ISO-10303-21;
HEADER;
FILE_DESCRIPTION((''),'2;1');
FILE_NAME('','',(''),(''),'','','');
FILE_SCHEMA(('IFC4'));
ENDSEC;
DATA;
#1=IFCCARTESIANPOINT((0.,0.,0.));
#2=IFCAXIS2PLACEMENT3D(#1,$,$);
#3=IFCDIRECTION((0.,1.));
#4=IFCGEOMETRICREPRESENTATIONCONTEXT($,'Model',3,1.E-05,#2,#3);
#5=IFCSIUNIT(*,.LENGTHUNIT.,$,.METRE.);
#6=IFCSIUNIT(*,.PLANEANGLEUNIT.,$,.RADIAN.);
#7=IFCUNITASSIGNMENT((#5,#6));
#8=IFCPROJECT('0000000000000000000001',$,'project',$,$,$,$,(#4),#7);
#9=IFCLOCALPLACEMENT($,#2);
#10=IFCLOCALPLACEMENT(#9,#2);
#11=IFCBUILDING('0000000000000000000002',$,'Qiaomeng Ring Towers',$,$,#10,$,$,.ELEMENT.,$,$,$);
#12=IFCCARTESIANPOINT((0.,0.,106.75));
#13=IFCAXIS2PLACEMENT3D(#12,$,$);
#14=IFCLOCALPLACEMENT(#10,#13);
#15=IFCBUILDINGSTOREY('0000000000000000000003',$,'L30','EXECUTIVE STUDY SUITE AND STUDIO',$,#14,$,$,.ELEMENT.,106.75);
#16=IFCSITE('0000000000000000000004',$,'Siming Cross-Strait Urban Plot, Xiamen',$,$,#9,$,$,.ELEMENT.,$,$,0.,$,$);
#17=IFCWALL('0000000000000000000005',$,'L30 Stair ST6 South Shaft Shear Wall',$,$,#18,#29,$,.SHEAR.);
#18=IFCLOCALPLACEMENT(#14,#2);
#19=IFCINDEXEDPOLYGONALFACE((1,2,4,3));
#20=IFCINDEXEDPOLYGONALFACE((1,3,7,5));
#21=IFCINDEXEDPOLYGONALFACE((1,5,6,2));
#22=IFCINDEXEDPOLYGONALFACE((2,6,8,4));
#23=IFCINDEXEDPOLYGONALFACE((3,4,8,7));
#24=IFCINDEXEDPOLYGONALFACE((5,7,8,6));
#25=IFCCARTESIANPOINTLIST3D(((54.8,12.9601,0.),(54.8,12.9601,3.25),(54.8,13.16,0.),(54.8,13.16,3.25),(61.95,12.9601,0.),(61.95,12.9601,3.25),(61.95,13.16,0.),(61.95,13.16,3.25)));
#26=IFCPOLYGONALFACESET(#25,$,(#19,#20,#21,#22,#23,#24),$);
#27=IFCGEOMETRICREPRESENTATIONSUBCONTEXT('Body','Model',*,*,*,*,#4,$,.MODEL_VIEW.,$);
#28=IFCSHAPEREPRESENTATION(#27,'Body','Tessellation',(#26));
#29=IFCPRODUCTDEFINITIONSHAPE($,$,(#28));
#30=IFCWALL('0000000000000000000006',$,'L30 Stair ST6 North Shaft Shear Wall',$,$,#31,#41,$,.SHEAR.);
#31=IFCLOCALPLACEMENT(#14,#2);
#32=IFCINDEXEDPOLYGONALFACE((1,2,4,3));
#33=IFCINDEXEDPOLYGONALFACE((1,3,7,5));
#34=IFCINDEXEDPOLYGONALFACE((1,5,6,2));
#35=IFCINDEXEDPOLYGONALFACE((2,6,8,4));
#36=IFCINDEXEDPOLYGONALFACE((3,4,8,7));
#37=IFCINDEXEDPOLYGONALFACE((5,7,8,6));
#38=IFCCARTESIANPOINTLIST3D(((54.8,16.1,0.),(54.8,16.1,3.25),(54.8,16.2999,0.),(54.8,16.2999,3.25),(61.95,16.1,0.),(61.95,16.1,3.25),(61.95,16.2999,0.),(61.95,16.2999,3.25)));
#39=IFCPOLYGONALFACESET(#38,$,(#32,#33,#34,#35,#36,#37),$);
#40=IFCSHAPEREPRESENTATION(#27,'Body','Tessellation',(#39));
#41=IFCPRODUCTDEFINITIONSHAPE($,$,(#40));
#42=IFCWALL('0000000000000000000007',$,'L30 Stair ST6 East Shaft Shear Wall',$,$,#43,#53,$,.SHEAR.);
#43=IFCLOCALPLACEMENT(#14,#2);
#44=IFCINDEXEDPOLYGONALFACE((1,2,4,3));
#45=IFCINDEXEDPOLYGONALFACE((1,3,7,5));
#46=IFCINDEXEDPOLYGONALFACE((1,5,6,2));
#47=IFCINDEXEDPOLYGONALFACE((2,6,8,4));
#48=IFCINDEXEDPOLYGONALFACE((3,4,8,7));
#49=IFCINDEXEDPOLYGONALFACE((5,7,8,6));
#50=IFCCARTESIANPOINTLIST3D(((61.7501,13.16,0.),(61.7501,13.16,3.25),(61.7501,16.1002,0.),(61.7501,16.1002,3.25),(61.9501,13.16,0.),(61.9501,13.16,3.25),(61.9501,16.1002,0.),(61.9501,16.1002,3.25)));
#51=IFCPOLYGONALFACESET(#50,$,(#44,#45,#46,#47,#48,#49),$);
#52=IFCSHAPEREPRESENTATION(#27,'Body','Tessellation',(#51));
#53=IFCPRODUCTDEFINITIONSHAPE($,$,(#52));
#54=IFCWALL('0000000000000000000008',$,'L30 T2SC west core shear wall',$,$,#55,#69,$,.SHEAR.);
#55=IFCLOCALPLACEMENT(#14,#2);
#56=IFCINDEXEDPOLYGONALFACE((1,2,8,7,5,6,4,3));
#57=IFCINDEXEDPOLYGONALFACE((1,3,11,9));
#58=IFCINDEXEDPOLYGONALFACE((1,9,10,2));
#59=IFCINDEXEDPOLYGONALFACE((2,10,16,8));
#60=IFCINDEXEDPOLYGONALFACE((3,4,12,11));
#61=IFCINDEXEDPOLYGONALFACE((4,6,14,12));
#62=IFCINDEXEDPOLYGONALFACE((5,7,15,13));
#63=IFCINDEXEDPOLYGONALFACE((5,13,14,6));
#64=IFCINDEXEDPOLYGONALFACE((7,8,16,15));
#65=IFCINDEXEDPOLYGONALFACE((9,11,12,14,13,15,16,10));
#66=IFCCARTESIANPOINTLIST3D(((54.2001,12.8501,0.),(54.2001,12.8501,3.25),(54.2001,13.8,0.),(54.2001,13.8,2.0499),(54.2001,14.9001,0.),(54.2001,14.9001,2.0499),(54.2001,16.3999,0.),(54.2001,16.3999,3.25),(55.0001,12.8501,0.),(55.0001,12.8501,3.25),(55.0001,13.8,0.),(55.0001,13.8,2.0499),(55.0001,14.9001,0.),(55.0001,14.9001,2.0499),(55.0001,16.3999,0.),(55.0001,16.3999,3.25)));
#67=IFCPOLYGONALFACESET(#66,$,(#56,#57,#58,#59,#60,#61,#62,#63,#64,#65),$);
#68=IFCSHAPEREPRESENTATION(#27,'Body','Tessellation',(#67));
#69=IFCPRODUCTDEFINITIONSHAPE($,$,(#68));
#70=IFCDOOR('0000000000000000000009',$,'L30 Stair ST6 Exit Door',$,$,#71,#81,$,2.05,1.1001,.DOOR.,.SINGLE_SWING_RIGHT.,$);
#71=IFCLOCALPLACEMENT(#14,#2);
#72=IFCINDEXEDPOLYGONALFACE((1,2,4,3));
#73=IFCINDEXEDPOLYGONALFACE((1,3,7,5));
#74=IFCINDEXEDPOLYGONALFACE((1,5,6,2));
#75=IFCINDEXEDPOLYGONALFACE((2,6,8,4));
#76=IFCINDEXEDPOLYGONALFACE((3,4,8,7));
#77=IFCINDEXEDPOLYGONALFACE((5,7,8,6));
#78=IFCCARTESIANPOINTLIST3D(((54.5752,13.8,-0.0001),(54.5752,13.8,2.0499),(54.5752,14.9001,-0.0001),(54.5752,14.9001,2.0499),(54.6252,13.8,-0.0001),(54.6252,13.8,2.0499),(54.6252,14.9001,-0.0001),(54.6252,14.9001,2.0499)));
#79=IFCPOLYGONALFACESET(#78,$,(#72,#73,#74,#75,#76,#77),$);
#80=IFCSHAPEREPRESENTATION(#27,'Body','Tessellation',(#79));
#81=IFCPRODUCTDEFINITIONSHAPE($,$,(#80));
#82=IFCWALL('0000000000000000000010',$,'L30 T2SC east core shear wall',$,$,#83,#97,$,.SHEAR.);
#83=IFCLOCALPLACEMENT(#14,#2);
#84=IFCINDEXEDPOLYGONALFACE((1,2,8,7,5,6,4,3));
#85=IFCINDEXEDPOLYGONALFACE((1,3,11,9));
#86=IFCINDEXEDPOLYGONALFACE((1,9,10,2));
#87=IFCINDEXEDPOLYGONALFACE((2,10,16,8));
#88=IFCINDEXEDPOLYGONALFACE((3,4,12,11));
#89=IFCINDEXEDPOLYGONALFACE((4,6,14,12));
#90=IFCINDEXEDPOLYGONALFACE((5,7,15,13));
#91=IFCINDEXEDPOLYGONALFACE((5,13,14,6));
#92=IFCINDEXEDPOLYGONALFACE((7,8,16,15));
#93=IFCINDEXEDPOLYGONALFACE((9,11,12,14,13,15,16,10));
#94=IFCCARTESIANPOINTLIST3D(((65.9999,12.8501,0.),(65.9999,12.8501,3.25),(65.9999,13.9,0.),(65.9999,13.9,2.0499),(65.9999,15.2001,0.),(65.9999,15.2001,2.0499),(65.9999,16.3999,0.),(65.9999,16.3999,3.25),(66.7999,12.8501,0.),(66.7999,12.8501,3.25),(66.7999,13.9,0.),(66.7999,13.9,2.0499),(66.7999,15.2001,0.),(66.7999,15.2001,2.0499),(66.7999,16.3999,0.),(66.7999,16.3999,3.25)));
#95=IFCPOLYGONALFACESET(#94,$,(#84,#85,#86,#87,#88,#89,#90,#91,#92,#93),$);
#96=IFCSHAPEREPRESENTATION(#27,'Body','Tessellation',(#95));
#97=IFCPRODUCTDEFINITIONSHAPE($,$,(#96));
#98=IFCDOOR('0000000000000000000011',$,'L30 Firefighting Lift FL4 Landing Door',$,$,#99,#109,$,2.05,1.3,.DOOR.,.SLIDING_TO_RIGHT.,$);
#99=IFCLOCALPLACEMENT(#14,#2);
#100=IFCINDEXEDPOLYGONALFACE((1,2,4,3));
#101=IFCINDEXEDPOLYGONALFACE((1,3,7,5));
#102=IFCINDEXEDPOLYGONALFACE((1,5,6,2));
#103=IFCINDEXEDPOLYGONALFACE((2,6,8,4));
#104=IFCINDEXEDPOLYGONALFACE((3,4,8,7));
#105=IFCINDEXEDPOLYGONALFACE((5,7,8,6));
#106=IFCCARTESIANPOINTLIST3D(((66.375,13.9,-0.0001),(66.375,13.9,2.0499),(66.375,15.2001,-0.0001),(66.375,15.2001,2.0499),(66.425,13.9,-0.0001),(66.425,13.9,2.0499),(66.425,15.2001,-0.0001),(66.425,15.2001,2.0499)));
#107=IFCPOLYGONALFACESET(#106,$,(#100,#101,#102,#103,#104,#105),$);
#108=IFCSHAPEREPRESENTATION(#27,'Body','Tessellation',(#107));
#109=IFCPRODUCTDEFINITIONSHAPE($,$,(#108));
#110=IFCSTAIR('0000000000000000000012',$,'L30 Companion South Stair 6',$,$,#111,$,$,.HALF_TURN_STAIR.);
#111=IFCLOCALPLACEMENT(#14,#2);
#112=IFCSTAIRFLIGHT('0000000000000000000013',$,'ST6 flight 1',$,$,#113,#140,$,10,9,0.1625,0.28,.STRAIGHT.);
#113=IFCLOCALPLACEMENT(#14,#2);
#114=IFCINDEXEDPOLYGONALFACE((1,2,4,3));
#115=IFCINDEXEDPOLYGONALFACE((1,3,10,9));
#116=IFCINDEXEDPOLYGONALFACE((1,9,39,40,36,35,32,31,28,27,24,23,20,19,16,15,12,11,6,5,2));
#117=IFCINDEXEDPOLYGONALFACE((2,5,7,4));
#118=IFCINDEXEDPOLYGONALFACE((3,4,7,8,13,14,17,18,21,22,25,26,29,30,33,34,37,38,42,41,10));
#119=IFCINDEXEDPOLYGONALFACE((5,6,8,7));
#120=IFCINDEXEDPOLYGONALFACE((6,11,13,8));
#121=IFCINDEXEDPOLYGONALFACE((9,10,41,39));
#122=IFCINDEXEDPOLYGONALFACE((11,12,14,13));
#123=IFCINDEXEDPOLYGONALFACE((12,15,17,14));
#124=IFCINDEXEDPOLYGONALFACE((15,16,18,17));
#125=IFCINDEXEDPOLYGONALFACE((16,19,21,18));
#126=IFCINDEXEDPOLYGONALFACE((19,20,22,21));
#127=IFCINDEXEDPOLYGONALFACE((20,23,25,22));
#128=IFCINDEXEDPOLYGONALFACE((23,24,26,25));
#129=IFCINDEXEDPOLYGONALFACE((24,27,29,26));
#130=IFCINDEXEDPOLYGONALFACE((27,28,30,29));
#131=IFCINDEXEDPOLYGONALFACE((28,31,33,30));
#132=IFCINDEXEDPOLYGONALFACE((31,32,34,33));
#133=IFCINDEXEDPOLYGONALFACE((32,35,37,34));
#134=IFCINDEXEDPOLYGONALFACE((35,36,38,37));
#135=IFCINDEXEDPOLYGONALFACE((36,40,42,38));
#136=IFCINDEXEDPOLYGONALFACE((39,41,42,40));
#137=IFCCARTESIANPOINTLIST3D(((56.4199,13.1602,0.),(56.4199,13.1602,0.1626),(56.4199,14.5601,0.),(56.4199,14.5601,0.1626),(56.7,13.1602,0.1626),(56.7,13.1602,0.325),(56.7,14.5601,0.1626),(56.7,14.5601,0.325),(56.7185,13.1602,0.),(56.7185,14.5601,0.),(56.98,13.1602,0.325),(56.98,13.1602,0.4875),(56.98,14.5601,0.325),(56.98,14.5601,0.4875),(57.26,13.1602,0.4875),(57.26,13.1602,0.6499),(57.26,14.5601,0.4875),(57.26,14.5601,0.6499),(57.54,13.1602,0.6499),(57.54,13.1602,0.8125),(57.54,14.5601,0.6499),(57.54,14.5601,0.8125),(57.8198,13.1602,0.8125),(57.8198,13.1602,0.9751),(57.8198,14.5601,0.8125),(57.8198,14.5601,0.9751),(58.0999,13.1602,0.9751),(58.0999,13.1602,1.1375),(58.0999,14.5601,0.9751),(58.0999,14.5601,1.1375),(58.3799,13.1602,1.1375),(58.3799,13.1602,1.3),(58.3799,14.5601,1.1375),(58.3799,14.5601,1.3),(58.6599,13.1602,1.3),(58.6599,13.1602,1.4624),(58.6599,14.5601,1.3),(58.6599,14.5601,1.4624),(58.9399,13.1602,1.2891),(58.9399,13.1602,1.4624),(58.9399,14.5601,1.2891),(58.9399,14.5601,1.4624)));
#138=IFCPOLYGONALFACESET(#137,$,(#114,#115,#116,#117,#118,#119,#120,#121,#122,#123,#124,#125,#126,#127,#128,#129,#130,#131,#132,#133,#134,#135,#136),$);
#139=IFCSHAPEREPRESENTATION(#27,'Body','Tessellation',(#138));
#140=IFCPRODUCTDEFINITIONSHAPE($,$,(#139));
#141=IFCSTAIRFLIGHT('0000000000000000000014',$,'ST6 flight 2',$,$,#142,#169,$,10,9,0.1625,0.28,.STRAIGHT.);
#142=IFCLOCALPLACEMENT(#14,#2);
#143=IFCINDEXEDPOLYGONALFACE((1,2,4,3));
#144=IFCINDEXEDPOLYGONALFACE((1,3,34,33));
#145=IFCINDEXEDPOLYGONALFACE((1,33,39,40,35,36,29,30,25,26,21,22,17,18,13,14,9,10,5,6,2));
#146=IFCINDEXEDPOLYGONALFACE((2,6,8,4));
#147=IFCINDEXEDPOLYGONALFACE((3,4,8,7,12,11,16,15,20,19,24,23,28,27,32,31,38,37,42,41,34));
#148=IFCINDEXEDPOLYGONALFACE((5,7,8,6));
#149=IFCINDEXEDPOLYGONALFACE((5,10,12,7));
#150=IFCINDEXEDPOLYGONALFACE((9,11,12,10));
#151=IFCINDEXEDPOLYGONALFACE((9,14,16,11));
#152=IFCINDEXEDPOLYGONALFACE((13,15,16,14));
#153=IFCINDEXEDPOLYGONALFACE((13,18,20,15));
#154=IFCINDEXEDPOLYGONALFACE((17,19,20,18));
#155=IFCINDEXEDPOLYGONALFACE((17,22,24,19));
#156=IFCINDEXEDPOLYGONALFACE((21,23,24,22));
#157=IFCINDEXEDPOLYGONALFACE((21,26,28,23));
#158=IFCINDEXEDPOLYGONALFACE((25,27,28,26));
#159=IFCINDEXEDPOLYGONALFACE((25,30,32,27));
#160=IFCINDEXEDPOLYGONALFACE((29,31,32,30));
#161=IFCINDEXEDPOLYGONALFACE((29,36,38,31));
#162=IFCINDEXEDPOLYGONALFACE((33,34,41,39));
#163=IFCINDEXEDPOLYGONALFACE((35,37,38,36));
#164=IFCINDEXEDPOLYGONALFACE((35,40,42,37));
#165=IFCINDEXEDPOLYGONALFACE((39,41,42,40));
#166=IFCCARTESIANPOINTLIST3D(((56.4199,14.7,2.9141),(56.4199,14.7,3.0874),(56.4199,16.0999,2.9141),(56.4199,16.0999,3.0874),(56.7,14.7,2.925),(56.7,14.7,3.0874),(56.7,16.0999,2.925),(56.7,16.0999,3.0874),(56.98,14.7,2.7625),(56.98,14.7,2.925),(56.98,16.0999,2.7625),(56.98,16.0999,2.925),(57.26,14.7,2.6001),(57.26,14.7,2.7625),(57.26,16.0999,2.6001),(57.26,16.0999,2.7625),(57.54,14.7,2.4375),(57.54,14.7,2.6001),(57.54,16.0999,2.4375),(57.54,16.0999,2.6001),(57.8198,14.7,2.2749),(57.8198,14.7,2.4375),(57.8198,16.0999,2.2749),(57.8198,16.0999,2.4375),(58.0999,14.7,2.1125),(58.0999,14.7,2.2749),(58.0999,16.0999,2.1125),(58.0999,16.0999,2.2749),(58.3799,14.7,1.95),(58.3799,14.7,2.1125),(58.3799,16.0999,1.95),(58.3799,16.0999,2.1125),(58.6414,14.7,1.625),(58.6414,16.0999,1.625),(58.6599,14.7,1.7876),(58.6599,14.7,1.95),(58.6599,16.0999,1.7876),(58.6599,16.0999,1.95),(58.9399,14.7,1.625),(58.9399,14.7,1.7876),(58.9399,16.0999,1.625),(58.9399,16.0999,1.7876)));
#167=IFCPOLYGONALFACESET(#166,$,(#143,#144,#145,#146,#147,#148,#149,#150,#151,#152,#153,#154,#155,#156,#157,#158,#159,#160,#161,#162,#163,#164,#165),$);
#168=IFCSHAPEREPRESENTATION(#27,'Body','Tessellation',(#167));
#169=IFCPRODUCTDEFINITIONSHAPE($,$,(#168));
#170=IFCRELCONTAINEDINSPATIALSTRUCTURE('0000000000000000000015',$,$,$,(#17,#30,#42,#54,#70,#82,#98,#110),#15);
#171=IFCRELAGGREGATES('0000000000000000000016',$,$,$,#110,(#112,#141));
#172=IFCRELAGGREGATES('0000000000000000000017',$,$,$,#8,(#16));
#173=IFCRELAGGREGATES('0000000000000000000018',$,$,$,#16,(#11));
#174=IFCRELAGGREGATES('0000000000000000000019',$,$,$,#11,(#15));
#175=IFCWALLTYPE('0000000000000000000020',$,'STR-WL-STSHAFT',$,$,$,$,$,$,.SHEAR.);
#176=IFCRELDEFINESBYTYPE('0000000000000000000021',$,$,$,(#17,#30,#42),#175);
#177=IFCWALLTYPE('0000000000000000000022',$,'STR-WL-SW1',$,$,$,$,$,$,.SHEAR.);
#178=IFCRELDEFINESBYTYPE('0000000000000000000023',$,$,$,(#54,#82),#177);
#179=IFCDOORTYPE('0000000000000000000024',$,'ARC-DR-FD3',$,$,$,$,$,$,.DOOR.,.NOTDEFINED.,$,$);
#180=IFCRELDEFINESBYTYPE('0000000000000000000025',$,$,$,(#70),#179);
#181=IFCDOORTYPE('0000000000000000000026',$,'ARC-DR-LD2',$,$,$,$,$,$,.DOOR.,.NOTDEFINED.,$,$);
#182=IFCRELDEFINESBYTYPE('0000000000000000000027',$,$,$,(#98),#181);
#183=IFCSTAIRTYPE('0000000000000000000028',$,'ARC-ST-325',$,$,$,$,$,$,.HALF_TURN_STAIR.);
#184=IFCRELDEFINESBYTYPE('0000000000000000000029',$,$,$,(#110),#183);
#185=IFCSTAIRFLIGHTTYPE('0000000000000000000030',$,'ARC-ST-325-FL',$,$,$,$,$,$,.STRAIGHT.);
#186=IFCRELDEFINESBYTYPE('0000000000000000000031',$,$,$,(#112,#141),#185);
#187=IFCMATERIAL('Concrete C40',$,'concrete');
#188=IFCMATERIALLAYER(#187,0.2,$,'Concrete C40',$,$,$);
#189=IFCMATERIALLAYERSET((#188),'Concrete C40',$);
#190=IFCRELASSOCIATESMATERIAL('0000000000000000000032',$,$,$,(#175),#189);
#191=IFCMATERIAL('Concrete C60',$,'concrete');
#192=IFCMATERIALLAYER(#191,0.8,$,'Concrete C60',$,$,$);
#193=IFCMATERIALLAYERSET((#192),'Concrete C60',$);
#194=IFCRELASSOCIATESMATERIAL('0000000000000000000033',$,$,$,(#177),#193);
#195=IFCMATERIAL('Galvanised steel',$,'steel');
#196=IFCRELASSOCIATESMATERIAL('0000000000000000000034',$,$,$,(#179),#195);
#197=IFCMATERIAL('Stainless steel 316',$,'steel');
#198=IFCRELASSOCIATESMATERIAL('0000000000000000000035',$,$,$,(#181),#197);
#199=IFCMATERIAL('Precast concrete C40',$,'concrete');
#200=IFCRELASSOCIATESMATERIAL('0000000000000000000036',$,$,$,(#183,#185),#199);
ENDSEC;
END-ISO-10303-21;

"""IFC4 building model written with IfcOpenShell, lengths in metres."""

from ifc_helpers import new_model, si_unit, direction, frame, frame_2d, origin, place, context, subcontext, project, spatial, polyline, rectangle, outline, extrude, source, transform, mapped, material, layer, layer_set, type_object, element, fill, aggregate, save


model = new_model("IFC4")

# Units and contexts
model_context = context("Model", 3, precision=1e-05, world=origin(), true_north=direction((0.0, 1.0)))
body_context = subcontext(model_context, "Body", "Model", "MODEL_VIEW")
ifc_project = project(units=[si_unit("LENGTHUNIT", "METRE"), si_unit("PLANEANGLEUNIT", "RADIAN")], contexts=[model_context])

# Site, building, storey
site_placement = place(None, origin())
site = spatial("IfcSite", under=ifc_project, at=site_placement, Name="Siming Cross-Strait Urban Plot, Xiamen", CompositionType="ELEMENT", RefElevation=0.0)
building_placement = place(site_placement, origin())
building = spatial("IfcBuilding", under=site, at=building_placement, Name="Qiaomeng Ring Towers", CompositionType="ELEMENT")
storey_placement = place(building_placement, frame((0.0, 0.0, 106.75)))
storey = spatial("IfcBuildingStorey", under=building, at=storey_placement, Name="L30", Description="EXECUTIVE STUDY SUITE AND STUDIO", CompositionType="ELEMENT", Elevation=106.75)

# Walls
ifc_material_1 = material(Name="Concrete C40", Category="concrete")
ifc_layer_1 = layer(ifc_material_1, 0.2, Name="Concrete C40")
ifc_layer_set_1 = layer_set([ifc_layer_1], Name="Concrete C40")
wall_type_1 = type_object("IfcWallType", Name="STR-WL-STSHAFT", PredefinedType="SHEAR", material=ifc_layer_set_1)
for number, where, z_axis, x_axis, name in (
    (1, (54.8, 13.0601, 0.0), (0.0, 0.0, 1.0), (1.0, 0.0, 0.0), "L30 Stair ST6 South Shaft Shear Wall"),
    (2, (54.8, 16.2, 0.0), (0.0, 0.0, 1.0), (1.0, 0.0, 0.0), "L30 Stair ST6 North Shaft Shear Wall"),
):
    element("IfcWall", number, at=place(storey_placement, frame(where, z_axis=z_axis, x_axis=x_axis)), inside=storey, type_object=wall_type_1, Name=name, PredefinedType="SHEAR", context=body_context, shape_type="SweptSolid", body=[
        extrude(rectangle(XDim=7.1499, YDim=0.2, at=frame_2d((3.575, 0.0))), origin(), (0.0, 0.0, 1.0), 3.25),
    ])
wall_1_placement = place(storey_placement, frame((61.8501, 13.1599, 0.0), z_axis=(0.0, 0.0, 1.0), x_axis=(0.0, 1.0, 0.0)))
element("IfcWall", 3, at=wall_1_placement, inside=storey, type_object=wall_type_1, Name="L30 Stair ST6 East Shaft Shear Wall", PredefinedType="SHEAR", context=body_context, shape_type="SweptSolid", body=[
    extrude(rectangle(XDim=2.9402, YDim=0.2, at=frame_2d((1.4702, 0.0))), origin(), (0.0, 0.0, 1.0), 3.25),
])

# Walls, openings, doors
ifc_material_2 = material(Name="Concrete C60", Category="concrete")
ifc_layer_2 = layer(ifc_material_2, 0.8, Name="Concrete C60")
ifc_layer_set_2 = layer_set([ifc_layer_2], Name="Concrete C60")
wall_type_2 = type_object("IfcWallType", Name="STR-WL-SW1", PredefinedType="SHEAR", material=ifc_layer_set_2)
wall_2_placement = place(storey_placement, frame((54.6001, 12.8501, 0.0), z_axis=(0.0, 0.0, 1.0), x_axis=(0.0, 1.0, 0.0)))
wall_2 = element("IfcWall", 4, at=wall_2_placement, inside=storey, type_object=wall_type_2, Name="L30 T2SC west core shear wall", PredefinedType="SHEAR", context=body_context, shape_type="SweptSolid", body=[
    extrude(rectangle(XDim=3.5498, YDim=0.8, at=frame_2d((1.7749, 0.0))), origin(), (0.0, 0.0, 1.0), 3.25),
])
opening_1_placement = place(wall_2_placement, frame((0.95, 0.0, 0.0)))
opening_1 = element("IfcOpeningElement", 5, at=opening_1_placement, cuts=wall_2, PredefinedType="OPENING", context=body_context, shape_type="SweptSolid", body=[
    extrude(rectangle(XDim=1.1001, YDim=2.05, at=frame_2d((0.55, 1.0249))), frame((0.0, 0.4099, 0.0), z_axis=(0.0, -1.0, 0.0), x_axis=(1.0, 0.0, 0.0)), (0.0, 0.0, 1.0), 0.8201),
])
ifc_material_3 = material(Name="Galvanised steel", Category="steel")
door_type_1 = type_object("IfcDoorType", Name="ARC-DR-FD3", OperationType="NOTDEFINED", PredefinedType="DOOR", material=ifc_material_3)
shared_shape_1 = source(origin(), body_context, "Body", "SweptSolid", [
    extrude(rectangle(XDim=1.1001, YDim=2.05, at=frame_2d((0.55, 1.0249))), frame((0.0, 0.0249, 0.0), z_axis=(0.0, -1.0, 0.0), x_axis=(1.0, 0.0, 0.0)), (0.0, 0.0, 1.0), 0.05),
])
door_1_placement = place(opening_1_placement, origin())
door_1 = element("IfcDoor", 6, at=door_1_placement, inside=storey, type_object=door_type_1, Name="L30 Stair ST6 Exit Door", OperationType="SINGLE_SWING_RIGHT", OverallHeight=2.05, OverallWidth=1.1001, PredefinedType="DOOR", context=body_context, shape_type="MappedRepresentation", body=[
    mapped(shared_shape_1, transform((0.0, 0.0, 0.0), x_axis=(1.0, 0.0, 0.0), y_axis=(0.0, 1.0, 0.0), z_axis=(0.0, 0.0, 1.0), scale=1.0)),
])
fill(opening_1, door_1)
wall_3_placement = place(storey_placement, frame((66.3999, 12.8501, 0.0), z_axis=(0.0, 0.0, 1.0), x_axis=(0.0, 1.0, 0.0)))
wall_3 = element("IfcWall", 7, at=wall_3_placement, inside=storey, type_object=wall_type_2, Name="L30 T2SC east core shear wall", PredefinedType="SHEAR", context=body_context, shape_type="SweptSolid", body=[
    extrude(rectangle(XDim=3.5498, YDim=0.8, at=frame_2d((1.7749, 0.0))), origin(), (0.0, 0.0, 1.0), 3.25),
])
opening_2_placement = place(wall_3_placement, frame((1.05, 0.0, 0.0)))
opening_2 = element("IfcOpeningElement", 8, at=opening_2_placement, cuts=wall_3, PredefinedType="OPENING", context=body_context, shape_type="SweptSolid", body=[
    extrude(rectangle(XDim=1.3, YDim=2.05, at=frame_2d((0.6499, 1.0249))), frame((0.0, 0.4099, 0.0), z_axis=(0.0, -1.0, 0.0), x_axis=(1.0, 0.0, 0.0)), (0.0, 0.0, 1.0), 0.8201),
])
ifc_material_4 = material(Name="Stainless steel 316", Category="steel")
door_type_2 = type_object("IfcDoorType", Name="ARC-DR-LD2", OperationType="NOTDEFINED", PredefinedType="DOOR", material=ifc_material_4)
shared_shape_2 = source(origin(), body_context, "Body", "SweptSolid", [
    extrude(rectangle(XDim=1.3, YDim=2.05, at=frame_2d((0.6499, 1.0249))), frame((0.0, 0.0249, 0.0), z_axis=(0.0, -1.0, 0.0), x_axis=(1.0, 0.0, 0.0)), (0.0, 0.0, 1.0), 0.05),
])
door_2_placement = place(opening_2_placement, origin())
door_2 = element("IfcDoor", 9, at=door_2_placement, inside=storey, type_object=door_type_2, Name="L30 Firefighting Lift FL4 Landing Door", OperationType="SLIDING_TO_RIGHT", OverallHeight=2.05, OverallWidth=1.3, PredefinedType="DOOR", context=body_context, shape_type="MappedRepresentation", body=[
    mapped(shared_shape_2, transform((0.0, 0.0, 0.0), x_axis=(1.0, 0.0, 0.0), y_axis=(0.0, 1.0, 0.0), z_axis=(0.0, 0.0, 1.0), scale=1.0)),
])
fill(opening_2, door_2)

# Stair, stair flights
ifc_material_5 = material(Name="Precast concrete C40", Category="concrete")
stair_type = type_object("IfcStairType", Name="ARC-ST-325", PredefinedType="HALF_TURN_STAIR", material=ifc_material_5)
stair_placement = place(storey_placement, origin())
stair = element("IfcStair", 10, at=stair_placement, inside=storey, type_object=stair_type, Name="L30 Companion South Stair 6", PredefinedType="HALF_TURN_STAIR")
stair_flight_type = type_object("IfcStairFlightType", Name="ARC-ST-325-FL", PredefinedType="STRAIGHT", material=ifc_material_5)
shared_shape_3 = source(origin(), body_context, "Body", "SweptSolid", [
    extrude(outline(polyline([(0.0, 0.0), (0.0, 0.1626), (0.28, 0.1626), (0.28, 0.325), (0.5601, 0.325), (0.5601, 0.4875), (0.8401, 0.4875), (0.8401, 0.6499), (1.1201, 0.6499), (1.1201, 0.8125), (1.3999, 0.8125), (1.3999, 0.9751), (1.6799, 0.9751), (1.6799, 1.1375), (1.96, 1.1375), (1.96, 1.3), (2.24, 1.3), (2.24, 1.4624), (2.52, 1.4624), (2.52, 1.625), (2.52, 1.2891), (0.2986, 0.0), (0.0, 0.0)])), frame((0.0, 0.7, 0.0), z_axis=(0.0, -1.0, 0.0), x_axis=(1.0, 0.0, 0.0)), (0.0, 0.0, 1.0), 1.3999),
])
stair_flight_1_placement = place(storey_placement, frame((56.4199, 13.8601, 0.0), z_axis=(0.0, 0.0, 1.0), x_axis=(1.0, 0.0, 0.0)))
stair_flight_1 = element("IfcStairFlight", 11, at=stair_flight_1_placement, type_object=stair_flight_type, Name="ST6 flight 1", NumberOfRisers=10, NumberOfTreads=9, PredefinedType="STRAIGHT", RiserHeight=0.1625, TreadLength=0.28, context=body_context, shape_type="MappedRepresentation", body=[
    mapped(shared_shape_3, transform((0.0, 0.0, 0.0), x_axis=(1.0, 0.0, 0.0), y_axis=(0.0, 1.0, 0.0), z_axis=(0.0, 0.0, 1.0), scale=1.0)),
])
stair_flight_2_placement = place(storey_placement, frame((58.9399, 15.3999, 1.625), z_axis=(0.0, 0.0, 1.0), x_axis=(-1.0, 0.0, 0.0)))
stair_flight_2 = element("IfcStairFlight", 12, at=stair_flight_2_placement, type_object=stair_flight_type, Name="ST6 flight 2", NumberOfRisers=10, NumberOfTreads=9, PredefinedType="STRAIGHT", RiserHeight=0.1625, TreadLength=0.28, context=body_context, shape_type="MappedRepresentation", body=[
    mapped(shared_shape_3, transform((0.0, 0.0, 0.0), x_axis=(1.0, 0.0, 0.0), y_axis=(0.0, 1.0, 0.0), z_axis=(0.0, 0.0, 1.0), scale=1.0)),
])
aggregate(stair, [stair_flight_1, stair_flight_2])

save(model, "model.ifc")
